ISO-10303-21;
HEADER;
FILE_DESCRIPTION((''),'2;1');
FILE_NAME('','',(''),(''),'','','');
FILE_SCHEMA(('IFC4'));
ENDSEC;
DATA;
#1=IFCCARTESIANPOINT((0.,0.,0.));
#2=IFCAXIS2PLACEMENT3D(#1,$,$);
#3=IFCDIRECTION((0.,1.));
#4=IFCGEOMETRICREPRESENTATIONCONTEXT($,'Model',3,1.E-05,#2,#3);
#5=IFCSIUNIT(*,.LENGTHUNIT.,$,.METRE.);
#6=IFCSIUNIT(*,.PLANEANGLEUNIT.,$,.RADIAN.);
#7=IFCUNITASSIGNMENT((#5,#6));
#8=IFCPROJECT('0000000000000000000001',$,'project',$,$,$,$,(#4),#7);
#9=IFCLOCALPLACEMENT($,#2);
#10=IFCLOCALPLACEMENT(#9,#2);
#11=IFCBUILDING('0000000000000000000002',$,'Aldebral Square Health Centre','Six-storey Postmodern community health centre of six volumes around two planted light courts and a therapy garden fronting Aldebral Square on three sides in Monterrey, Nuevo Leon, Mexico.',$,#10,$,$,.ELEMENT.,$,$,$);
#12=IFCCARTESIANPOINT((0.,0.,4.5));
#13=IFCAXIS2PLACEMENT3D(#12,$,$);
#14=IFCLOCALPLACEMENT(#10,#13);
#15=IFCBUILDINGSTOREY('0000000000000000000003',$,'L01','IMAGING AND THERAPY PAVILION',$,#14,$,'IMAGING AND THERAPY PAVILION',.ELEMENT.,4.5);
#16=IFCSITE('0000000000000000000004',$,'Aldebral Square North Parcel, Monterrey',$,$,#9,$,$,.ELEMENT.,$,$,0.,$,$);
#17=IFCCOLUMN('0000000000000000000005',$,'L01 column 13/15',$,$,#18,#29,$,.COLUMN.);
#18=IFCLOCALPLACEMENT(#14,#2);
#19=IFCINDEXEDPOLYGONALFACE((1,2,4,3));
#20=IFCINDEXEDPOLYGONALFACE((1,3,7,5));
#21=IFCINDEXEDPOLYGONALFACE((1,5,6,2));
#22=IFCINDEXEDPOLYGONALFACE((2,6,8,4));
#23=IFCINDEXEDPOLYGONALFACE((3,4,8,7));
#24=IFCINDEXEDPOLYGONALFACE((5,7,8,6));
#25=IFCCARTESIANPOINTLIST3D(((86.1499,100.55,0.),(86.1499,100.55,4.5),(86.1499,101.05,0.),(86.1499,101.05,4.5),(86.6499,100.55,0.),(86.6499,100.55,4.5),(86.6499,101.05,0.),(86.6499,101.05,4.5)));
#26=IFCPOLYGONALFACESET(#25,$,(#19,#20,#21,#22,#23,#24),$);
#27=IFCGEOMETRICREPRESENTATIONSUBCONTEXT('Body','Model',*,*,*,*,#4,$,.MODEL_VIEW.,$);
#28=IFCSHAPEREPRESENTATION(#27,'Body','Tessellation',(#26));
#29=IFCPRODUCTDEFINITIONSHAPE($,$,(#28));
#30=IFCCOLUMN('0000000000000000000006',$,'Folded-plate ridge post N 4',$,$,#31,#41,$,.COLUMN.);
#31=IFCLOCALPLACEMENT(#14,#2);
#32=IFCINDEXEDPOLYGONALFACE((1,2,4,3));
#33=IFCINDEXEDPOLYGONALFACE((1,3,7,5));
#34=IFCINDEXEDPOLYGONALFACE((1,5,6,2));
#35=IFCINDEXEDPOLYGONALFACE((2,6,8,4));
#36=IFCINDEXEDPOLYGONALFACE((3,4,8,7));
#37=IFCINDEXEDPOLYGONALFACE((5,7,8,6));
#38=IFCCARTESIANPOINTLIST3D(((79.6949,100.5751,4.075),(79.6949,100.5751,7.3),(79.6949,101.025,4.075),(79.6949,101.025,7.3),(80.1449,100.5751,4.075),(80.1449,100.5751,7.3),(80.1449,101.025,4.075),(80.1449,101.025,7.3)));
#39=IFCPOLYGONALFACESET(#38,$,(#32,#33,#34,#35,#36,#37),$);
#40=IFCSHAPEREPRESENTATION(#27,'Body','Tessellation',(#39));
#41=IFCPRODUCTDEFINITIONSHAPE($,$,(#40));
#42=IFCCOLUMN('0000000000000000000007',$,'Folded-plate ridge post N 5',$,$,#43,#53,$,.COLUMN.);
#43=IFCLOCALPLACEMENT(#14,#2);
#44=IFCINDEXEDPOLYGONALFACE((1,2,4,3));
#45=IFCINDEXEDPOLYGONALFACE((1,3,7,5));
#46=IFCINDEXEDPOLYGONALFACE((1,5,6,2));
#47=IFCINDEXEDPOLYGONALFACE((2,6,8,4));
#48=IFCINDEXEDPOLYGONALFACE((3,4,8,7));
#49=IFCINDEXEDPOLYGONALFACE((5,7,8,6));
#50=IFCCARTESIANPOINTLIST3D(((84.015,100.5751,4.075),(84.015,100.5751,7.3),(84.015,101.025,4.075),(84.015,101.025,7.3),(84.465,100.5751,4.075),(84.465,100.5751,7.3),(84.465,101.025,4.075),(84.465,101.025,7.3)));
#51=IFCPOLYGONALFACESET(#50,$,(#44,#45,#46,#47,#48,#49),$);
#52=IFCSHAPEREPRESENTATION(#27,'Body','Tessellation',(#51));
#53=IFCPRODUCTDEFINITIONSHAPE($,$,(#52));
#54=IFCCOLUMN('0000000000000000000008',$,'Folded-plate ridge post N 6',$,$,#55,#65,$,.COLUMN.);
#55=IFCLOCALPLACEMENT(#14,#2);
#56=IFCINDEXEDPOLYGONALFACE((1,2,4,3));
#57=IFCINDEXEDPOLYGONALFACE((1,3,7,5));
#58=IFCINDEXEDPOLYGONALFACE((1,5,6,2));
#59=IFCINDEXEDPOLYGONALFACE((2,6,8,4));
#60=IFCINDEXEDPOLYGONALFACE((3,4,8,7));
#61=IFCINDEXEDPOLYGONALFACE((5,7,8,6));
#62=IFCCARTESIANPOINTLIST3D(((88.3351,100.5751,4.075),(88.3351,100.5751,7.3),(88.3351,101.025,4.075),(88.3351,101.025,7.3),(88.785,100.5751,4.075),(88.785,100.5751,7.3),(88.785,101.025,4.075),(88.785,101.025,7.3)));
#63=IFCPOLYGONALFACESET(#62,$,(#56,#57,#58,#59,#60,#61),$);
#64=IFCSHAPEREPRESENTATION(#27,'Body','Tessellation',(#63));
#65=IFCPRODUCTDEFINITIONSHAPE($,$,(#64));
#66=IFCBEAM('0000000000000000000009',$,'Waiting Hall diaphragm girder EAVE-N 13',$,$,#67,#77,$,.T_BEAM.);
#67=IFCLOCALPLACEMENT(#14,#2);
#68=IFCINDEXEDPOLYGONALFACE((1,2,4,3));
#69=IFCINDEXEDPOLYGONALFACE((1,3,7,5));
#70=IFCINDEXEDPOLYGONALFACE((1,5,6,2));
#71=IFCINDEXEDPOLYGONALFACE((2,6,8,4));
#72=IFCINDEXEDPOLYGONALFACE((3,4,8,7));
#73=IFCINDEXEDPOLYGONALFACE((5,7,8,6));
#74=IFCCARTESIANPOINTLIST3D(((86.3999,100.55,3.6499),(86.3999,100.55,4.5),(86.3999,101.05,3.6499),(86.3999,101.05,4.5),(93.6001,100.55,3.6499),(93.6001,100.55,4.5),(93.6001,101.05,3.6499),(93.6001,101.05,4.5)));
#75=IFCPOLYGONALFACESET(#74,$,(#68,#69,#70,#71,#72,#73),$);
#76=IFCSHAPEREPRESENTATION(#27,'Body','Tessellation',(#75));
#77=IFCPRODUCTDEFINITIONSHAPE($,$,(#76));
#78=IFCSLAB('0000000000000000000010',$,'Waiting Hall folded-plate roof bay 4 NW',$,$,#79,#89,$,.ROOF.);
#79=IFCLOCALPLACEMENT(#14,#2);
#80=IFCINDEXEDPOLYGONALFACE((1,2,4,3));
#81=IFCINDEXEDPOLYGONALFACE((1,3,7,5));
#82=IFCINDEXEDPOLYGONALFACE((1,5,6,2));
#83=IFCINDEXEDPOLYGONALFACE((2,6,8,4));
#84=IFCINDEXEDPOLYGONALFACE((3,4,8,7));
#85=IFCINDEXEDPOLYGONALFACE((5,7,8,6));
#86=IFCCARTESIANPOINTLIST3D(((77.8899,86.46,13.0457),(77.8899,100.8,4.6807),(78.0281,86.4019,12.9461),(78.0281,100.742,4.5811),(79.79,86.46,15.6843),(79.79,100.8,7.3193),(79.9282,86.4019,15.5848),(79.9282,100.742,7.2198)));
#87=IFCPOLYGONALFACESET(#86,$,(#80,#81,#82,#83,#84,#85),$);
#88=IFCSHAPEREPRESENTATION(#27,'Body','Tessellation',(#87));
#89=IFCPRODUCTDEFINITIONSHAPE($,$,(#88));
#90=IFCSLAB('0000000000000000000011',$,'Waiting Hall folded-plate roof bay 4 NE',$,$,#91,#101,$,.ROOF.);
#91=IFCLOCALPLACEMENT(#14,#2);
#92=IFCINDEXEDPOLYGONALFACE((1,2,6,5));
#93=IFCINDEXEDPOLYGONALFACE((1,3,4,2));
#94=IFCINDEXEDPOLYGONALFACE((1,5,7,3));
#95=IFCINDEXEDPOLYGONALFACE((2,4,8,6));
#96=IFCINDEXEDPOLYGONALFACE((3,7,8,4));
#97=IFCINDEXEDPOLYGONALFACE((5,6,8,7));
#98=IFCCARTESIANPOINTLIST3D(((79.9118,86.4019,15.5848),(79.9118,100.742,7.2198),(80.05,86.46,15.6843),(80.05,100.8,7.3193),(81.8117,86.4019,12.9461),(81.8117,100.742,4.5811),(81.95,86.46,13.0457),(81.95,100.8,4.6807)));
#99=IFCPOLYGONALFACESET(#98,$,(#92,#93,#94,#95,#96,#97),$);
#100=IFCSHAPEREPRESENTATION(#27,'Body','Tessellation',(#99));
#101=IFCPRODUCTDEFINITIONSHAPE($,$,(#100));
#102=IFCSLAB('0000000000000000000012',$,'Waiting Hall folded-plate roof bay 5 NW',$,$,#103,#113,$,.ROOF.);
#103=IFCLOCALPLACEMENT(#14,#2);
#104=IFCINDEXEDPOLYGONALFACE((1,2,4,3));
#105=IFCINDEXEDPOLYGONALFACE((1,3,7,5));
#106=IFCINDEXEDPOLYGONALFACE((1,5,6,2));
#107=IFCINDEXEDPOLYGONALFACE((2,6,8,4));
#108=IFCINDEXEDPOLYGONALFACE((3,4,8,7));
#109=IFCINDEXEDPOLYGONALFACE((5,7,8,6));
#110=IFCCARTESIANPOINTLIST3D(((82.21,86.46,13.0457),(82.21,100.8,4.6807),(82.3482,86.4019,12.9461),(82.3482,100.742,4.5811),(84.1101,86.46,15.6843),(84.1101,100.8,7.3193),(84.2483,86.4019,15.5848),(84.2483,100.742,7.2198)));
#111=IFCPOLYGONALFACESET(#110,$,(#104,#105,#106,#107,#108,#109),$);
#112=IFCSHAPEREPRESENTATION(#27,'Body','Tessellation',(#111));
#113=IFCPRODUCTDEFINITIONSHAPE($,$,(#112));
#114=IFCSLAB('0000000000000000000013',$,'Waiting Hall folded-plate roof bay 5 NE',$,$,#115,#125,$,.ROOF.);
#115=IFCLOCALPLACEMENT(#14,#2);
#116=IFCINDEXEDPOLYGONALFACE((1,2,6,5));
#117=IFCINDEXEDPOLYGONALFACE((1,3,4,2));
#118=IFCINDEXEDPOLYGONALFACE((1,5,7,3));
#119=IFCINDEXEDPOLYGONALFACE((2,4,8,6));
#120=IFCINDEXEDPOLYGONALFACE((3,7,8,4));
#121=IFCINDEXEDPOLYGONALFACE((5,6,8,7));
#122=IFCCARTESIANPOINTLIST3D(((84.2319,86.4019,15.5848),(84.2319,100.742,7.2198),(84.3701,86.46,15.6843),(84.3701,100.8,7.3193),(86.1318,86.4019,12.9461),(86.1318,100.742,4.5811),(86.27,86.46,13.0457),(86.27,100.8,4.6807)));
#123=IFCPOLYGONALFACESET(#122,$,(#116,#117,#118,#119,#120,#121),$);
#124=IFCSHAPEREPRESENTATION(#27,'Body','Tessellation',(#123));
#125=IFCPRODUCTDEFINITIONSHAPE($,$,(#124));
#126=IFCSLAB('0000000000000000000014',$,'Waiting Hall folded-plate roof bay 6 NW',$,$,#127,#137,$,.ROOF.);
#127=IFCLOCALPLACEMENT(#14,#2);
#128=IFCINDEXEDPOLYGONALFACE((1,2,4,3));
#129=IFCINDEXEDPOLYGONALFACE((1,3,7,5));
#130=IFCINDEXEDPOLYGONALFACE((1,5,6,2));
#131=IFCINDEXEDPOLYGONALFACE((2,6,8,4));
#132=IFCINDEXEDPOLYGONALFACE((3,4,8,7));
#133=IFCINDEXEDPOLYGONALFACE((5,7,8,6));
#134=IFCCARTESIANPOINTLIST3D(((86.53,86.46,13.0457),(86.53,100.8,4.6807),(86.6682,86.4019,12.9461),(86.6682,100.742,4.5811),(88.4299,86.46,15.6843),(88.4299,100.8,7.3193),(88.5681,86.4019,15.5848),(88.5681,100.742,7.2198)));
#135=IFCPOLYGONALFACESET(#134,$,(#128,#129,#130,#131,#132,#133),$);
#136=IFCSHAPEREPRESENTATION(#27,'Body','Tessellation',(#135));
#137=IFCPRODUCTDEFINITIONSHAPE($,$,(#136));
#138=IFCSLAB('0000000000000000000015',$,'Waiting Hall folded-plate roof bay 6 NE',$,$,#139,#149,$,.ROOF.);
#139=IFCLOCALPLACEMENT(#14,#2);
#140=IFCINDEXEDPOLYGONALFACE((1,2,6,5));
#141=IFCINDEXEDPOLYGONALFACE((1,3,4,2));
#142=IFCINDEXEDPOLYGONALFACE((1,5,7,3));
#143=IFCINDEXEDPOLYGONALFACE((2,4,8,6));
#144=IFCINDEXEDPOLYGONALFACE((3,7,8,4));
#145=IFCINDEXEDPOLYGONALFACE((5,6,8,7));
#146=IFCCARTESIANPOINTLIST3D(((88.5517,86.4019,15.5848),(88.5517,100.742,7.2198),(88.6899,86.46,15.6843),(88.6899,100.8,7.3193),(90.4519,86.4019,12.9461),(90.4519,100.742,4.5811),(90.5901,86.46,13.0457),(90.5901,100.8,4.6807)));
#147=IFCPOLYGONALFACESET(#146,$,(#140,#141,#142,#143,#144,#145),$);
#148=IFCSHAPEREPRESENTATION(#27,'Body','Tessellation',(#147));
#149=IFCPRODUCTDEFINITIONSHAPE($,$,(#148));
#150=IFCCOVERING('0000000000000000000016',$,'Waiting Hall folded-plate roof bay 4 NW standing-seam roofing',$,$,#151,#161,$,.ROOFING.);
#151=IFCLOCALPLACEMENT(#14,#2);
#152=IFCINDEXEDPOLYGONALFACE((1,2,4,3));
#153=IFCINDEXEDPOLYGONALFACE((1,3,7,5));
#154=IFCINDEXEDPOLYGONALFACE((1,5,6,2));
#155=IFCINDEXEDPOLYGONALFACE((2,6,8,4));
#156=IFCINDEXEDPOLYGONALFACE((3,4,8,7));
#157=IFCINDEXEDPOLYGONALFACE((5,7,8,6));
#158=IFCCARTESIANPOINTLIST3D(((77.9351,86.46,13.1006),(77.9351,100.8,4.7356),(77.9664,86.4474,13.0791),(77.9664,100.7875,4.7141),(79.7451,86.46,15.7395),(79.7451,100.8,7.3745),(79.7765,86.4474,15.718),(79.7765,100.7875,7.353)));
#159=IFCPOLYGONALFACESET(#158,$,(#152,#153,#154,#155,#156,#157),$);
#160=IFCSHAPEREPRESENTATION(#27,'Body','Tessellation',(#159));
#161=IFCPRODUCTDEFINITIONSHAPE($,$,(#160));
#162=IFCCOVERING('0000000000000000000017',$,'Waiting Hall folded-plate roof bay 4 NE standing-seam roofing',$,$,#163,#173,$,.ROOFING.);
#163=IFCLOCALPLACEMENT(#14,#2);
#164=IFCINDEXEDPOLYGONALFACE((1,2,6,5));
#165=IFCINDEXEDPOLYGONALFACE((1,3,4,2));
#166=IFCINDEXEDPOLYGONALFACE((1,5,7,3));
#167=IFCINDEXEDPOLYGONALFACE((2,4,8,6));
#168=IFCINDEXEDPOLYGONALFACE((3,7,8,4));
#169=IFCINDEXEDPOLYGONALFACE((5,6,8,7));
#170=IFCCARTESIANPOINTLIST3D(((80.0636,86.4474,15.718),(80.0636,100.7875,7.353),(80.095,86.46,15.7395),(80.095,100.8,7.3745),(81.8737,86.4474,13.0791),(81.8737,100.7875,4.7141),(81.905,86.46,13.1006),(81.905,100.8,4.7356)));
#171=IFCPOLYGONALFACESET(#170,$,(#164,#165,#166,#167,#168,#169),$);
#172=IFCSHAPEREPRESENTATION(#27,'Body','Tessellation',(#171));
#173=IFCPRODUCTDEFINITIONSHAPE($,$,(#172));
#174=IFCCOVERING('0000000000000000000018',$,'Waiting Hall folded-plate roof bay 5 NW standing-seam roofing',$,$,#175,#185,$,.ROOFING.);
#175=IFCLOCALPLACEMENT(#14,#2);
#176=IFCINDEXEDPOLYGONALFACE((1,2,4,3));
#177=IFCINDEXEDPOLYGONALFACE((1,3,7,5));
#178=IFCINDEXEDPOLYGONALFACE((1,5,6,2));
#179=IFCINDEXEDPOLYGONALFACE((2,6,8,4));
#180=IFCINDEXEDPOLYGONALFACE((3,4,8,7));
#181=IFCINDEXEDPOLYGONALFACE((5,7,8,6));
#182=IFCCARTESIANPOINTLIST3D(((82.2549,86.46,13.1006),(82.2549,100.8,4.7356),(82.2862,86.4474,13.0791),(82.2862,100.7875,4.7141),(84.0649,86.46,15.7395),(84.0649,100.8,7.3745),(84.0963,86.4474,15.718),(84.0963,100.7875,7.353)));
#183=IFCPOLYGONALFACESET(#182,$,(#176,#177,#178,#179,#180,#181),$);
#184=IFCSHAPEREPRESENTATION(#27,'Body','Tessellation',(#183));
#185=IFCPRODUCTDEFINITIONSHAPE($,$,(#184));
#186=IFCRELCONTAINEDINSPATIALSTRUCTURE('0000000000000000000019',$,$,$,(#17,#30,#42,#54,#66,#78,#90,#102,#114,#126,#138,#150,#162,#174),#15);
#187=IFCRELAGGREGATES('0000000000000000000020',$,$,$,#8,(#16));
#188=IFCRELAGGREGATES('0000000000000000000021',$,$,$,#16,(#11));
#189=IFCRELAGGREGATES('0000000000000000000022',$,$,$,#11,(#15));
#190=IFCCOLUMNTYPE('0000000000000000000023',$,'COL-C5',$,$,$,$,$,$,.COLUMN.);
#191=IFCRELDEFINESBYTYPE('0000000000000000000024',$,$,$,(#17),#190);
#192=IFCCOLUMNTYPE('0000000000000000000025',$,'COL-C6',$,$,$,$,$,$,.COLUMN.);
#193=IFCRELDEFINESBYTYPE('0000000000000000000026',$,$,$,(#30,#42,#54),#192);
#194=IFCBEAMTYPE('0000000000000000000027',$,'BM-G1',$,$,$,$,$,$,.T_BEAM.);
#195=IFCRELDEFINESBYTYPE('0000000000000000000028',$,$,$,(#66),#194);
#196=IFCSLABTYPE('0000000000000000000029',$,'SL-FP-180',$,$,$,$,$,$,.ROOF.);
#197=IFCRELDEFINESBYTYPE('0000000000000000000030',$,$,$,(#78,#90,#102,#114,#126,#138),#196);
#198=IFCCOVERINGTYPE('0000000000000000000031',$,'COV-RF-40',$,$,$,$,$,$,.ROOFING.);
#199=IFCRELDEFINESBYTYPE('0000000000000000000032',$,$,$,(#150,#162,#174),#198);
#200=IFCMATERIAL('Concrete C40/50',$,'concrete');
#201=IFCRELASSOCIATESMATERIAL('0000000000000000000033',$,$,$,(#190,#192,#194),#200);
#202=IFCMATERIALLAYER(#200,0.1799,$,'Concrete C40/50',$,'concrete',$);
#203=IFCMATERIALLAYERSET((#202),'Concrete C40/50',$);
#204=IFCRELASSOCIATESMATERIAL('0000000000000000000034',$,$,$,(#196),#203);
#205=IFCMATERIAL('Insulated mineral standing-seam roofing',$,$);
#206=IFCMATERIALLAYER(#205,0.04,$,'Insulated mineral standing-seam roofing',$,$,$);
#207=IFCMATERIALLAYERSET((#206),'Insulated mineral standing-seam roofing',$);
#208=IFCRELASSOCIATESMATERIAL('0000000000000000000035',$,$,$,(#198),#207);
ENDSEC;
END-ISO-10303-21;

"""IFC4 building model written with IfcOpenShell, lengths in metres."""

from ifc_helpers import new_model, si_unit, direction, frame, origin, origin_2d, place, context, subcontext, project, spatial, polyline, rectangle, outline, extrude, material, layer, layer_set, material_profile, profile_set, type_object, element, save


model = new_model("IFC4")

# Units and contexts
model_context = context("Model", 3, precision=1e-05, world=origin(), true_north=direction((0.0, 1.0)))
body_context = subcontext(model_context, "Body", "Model", "MODEL_VIEW")
ifc_project = project(units=[si_unit("LENGTHUNIT", "METRE"), si_unit("PLANEANGLEUNIT", "RADIAN")], contexts=[model_context])

# Site, building, storey
site_placement = place(None, origin())
site = spatial("IfcSite", under=ifc_project, at=site_placement, Name="Aldebral Square North Parcel, Monterrey", CompositionType="ELEMENT", RefElevation=0.0)
building_placement = place(site_placement, origin())
building = spatial("IfcBuilding", under=site, at=building_placement, Name="Aldebral Square Health Centre", Description="Six-storey Postmodern community health centre of six volumes around two planted light courts and a therapy garden fronting Aldebral Square on three sides in Monterrey, Nuevo Leon, Mexico.", CompositionType="ELEMENT")
storey_placement = place(building_placement, frame((0.0, 0.0, 4.5)))
storey = spatial("IfcBuildingStorey", under=building, at=storey_placement, Name="L01", Description="IMAGING AND THERAPY PAVILION", LongName="IMAGING AND THERAPY PAVILION", CompositionType="ELEMENT", Elevation=4.5)

# Columns
ifc_material_1 = material(Name="Concrete C40/50", Category="concrete")
ifc_material_profile_1 = material_profile(ifc_material_1, rectangle(XDim=0.5, YDim=0.5, at=origin_2d()), Name="RC 500x500")
ifc_profile_set_1 = profile_set([ifc_material_profile_1], Name="Concrete C40/50")
column_type_1 = type_object("IfcColumnType", Name="COL-C5", PredefinedType="COLUMN", material=ifc_profile_set_1)
column_placement = place(storey_placement, frame((86.3999, 100.8, 0.0), z_axis=(0.0, 0.0, 1.0), x_axis=(1.0, 0.0, 0.0)))
element("IfcColumn", 1, at=column_placement, inside=storey, type_object=column_type_1, Name="L01 column 13/15", PredefinedType="COLUMN", context=body_context, shape_type="SweptSolid", body=[
    extrude(rectangle(XDim=0.5, YDim=0.5, at=origin_2d()), origin(), (0.0, 0.0, 1.0), 4.5),
])
ifc_material_profile_2 = material_profile(ifc_material_1, rectangle(XDim=0.45, YDim=0.45, at=origin_2d()), Name="RC 450x450")
ifc_profile_set_2 = profile_set([ifc_material_profile_2], Name="Concrete C40/50")
column_type_2 = type_object("IfcColumnType", Name="COL-C6", PredefinedType="COLUMN", material=ifc_profile_set_2)
for number, where, z_axis, x_axis, name in (
    (2, (79.9199, 100.8, 4.075), (0.0, 0.0, 1.0), (1.0, 0.0, 0.0), "Folded-plate ridge post N 4"),
    (3, (84.24, 100.8, 4.075), (0.0, 0.0, 1.0), (1.0, 0.0, 0.0), "Folded-plate ridge post N 5"),
    (4, (88.5601, 100.8, 4.075), (0.0, 0.0, 1.0), (1.0, 0.0, 0.0), "Folded-plate ridge post N 6"),
):
    element("IfcColumn", number, at=place(storey_placement, frame(where, z_axis=z_axis, x_axis=x_axis)), inside=storey, type_object=column_type_2, Name=name, PredefinedType="COLUMN", context=body_context, shape_type="SweptSolid", body=[
        extrude(rectangle(XDim=0.45, YDim=0.45, at=origin_2d()), origin(), (0.0, 0.0, 1.0), 3.2251),
    ])

# Beam
ifc_material_profile_3 = material_profile(ifc_material_1, rectangle(XDim=0.5, YDim=0.8501, at=origin_2d()), Name="RC 500x850")
ifc_profile_set_3 = profile_set([ifc_material_profile_3], Name="Concrete C40/50")
beam_type = type_object("IfcBeamType", Name="BM-G1", PredefinedType="T_BEAM", material=ifc_profile_set_3)
beam_placement = place(storey_placement, frame((86.3999, 100.8, 4.075), z_axis=(1.0, 0.0, 0.0), x_axis=(0.0, 1.0, 0.0)))
element("IfcBeam", 5, at=beam_placement, inside=storey, type_object=beam_type, Name="Waiting Hall diaphragm girder EAVE-N 13", PredefinedType="T_BEAM", context=body_context, shape_type="SweptSolid", body=[
    extrude(rectangle(XDim=0.5, YDim=0.8501, at=origin_2d()), origin(), (0.0, 0.0, 1.0), 7.2002),
])

# Slabs
ifc_layer_1 = layer(ifc_material_1, 0.1799, Name="Concrete C40/50", Category="concrete")
ifc_layer_set_1 = layer_set([ifc_layer_1], Name="Concrete C40/50")
slab_type = type_object("IfcSlabType", Name="SL-FP-180", PredefinedType="ROOF", material=ifc_layer_set_1)
slab_1_placement = place(storey_placement, frame((79.79, 100.8, 7.3193), z_axis=(-0.768091, 0.322647, 0.553114), x_axis=(-0.584366, 0.0, -0.81149)))
element("IfcSlab", 6, at=slab_1_placement, inside=storey, type_object=slab_type, Name="Waiting Hall folded-plate roof bay 4 NW", PredefinedType="ROOF", context=body_context, shape_type="SweptSolid", body=[
    extrude(outline(polyline([(0.0, 0.0), (3.2516, 0.0), (-3.5365, 15.1503), (-6.7881, 15.1503), (0.0, 0.0)])), origin(), (0.0, 0.0, -1.0), 0.1799),
])
slab_2_placement = place(storey_placement, frame((81.95, 100.8, 4.6807), z_axis=(0.768132, 0.322623, 0.553072), x_axis=(-0.584317, 0.0, 0.811526)))
element("IfcSlab", 7, at=slab_2_placement, inside=storey, type_object=slab_type, Name="Waiting Hall folded-plate roof bay 4 NE", PredefinedType="ROOF", context=body_context, shape_type="SweptSolid", body=[
    extrude(outline(polyline([(0.0, 0.0), (3.2515, 0.0), (10.0399, 15.1502), (6.7884, 15.1502), (0.0, 0.0)])), origin(), (0.0, 0.0, -1.0), 0.1799),
])
slab_3_placement = place(storey_placement, frame((84.1101, 100.8, 7.3193), z_axis=(-0.768091, 0.322647, 0.553114), x_axis=(-0.584366, 0.0, -0.81149)))
element("IfcSlab", 8, at=slab_3_placement, inside=storey, type_object=slab_type, Name="Waiting Hall folded-plate roof bay 5 NW", PredefinedType="ROOF", context=body_context, shape_type="SweptSolid", body=[
    extrude(outline(polyline([(0.0, 0.0), (3.2516, 0.0), (-3.5365, 15.1503), (-6.7881, 15.1503), (0.0, 0.0)])), origin(), (0.0, 0.0, -1.0), 0.1799),
])
slab_4_placement = place(storey_placement, frame((86.27, 100.8, 4.6807), z_axis=(0.768132, 0.322623, 0.553072), x_axis=(-0.584317, 0.0, 0.811526)))
element("IfcSlab", 9, at=slab_4_placement, inside=storey, type_object=slab_type, Name="Waiting Hall folded-plate roof bay 5 NE", PredefinedType="ROOF", context=body_context, shape_type="SweptSolid", body=[
    extrude(outline(polyline([(0.0, 0.0), (3.2515, 0.0), (10.0399, 15.1502), (6.7884, 15.1502), (0.0, 0.0)])), origin(), (0.0, 0.0, -1.0), 0.1799),
])
slab_5_placement = place(storey_placement, frame((88.4299, 100.8, 7.3193), z_axis=(-0.768132, 0.322623, 0.553072), x_axis=(-0.584317, 0.0, -0.811526)))
element("IfcSlab", 10, at=slab_5_placement, inside=storey, type_object=slab_type, Name="Waiting Hall folded-plate roof bay 6 NW", PredefinedType="ROOF", context=body_context, shape_type="SweptSolid", body=[
    extrude(outline(polyline([(0.0, 0.0), (3.2515, 0.0), (-3.5369, 15.1502), (-6.7884, 15.1502), (0.0, 0.0)])), origin(), (0.0, 0.0, -1.0), 0.1799),
])
slab_6_placement = place(storey_placement, frame((90.5901, 100.8, 4.6807), z_axis=(0.768091, 0.322647, 0.553114), x_axis=(-0.584366, 0.0, 0.81149)))
element("IfcSlab", 11, at=slab_6_placement, inside=storey, type_object=slab_type, Name="Waiting Hall folded-plate roof bay 6 NE", PredefinedType="ROOF", context=body_context, shape_type="SweptSolid", body=[
    extrude(outline(polyline([(0.0, 0.0), (3.2516, 0.0), (10.0397, 15.1503), (6.7881, 15.1503), (0.0, 0.0)])), origin(), (0.0, 0.0, -1.0), 0.1799),
])

# Coverings
ifc_material_2 = material(Name="Insulated mineral standing-seam roofing")
ifc_layer_2 = layer(ifc_material_2, 0.04, Name="Insulated mineral standing-seam roofing")
ifc_layer_set_2 = layer_set([ifc_layer_2], Name="Insulated mineral standing-seam roofing")
covering_type_1 = type_object("IfcCoveringType", Name="COV-RF-40", PredefinedType="ROOFING", material=ifc_layer_set_2)
covering_1_placement = place(storey_placement, frame((79.7451, 100.8, 7.3745), z_axis=(-0.783126, 0.313337, 0.537154), x_axis=(-0.565638, 0.0, -0.824654)))
element("IfcCovering", 12, at=covering_1_placement, inside=storey, type_object=covering_type_1, Name="Waiting Hall folded-plate roof bay 4 NW standing-seam roofing", PredefinedType="ROOFING", context=body_context, shape_type="SweptSolid", body=[
    extrude(outline(polyline([(0.0, 0.0), (3.2, 0.0), (-3.6982, 15.1005), (-6.8982, 15.1005), (0.0, 0.0)])), origin(), (0.0, 0.0, -1.0), 0.04),
])
covering_2_placement = place(storey_placement, frame((81.905, 100.8, 4.7356), z_axis=(0.783126, 0.313337, 0.537154), x_axis=(-0.565638, 0.0, 0.824654)))
element("IfcCovering", 13, at=covering_2_placement, inside=storey, type_object=covering_type_1, Name="Waiting Hall folded-plate roof bay 4 NE standing-seam roofing", PredefinedType="ROOFING", context=body_context, shape_type="SweptSolid", body=[
    extrude(outline(polyline([(0.0, 0.0), (3.2, 0.0), (10.0982, 15.1005), (6.8982, 15.1005), (0.0, 0.0)])), origin(), (0.0, 0.0, -1.0), 0.04),
])
covering_3_placement = place(storey_placement, frame((84.0649, 100.8, 7.3745), z_axis=(-0.783126, 0.313337, 0.537154), x_axis=(-0.565638, 0.0, -0.824654)))
element("IfcCovering", 14, at=covering_3_placement, inside=storey, type_object=covering_type_1, Name="Waiting Hall folded-plate roof bay 5 NW standing-seam roofing", PredefinedType="ROOFING", context=body_context, shape_type="SweptSolid", body=[
    extrude(outline(polyline([(0.0, 0.0), (3.2, 0.0), (-3.6982, 15.1005), (-6.8982, 15.1005), (0.0, 0.0)])), origin(), (0.0, 0.0, -1.0), 0.04),
])

save(model, "model.ifc")
